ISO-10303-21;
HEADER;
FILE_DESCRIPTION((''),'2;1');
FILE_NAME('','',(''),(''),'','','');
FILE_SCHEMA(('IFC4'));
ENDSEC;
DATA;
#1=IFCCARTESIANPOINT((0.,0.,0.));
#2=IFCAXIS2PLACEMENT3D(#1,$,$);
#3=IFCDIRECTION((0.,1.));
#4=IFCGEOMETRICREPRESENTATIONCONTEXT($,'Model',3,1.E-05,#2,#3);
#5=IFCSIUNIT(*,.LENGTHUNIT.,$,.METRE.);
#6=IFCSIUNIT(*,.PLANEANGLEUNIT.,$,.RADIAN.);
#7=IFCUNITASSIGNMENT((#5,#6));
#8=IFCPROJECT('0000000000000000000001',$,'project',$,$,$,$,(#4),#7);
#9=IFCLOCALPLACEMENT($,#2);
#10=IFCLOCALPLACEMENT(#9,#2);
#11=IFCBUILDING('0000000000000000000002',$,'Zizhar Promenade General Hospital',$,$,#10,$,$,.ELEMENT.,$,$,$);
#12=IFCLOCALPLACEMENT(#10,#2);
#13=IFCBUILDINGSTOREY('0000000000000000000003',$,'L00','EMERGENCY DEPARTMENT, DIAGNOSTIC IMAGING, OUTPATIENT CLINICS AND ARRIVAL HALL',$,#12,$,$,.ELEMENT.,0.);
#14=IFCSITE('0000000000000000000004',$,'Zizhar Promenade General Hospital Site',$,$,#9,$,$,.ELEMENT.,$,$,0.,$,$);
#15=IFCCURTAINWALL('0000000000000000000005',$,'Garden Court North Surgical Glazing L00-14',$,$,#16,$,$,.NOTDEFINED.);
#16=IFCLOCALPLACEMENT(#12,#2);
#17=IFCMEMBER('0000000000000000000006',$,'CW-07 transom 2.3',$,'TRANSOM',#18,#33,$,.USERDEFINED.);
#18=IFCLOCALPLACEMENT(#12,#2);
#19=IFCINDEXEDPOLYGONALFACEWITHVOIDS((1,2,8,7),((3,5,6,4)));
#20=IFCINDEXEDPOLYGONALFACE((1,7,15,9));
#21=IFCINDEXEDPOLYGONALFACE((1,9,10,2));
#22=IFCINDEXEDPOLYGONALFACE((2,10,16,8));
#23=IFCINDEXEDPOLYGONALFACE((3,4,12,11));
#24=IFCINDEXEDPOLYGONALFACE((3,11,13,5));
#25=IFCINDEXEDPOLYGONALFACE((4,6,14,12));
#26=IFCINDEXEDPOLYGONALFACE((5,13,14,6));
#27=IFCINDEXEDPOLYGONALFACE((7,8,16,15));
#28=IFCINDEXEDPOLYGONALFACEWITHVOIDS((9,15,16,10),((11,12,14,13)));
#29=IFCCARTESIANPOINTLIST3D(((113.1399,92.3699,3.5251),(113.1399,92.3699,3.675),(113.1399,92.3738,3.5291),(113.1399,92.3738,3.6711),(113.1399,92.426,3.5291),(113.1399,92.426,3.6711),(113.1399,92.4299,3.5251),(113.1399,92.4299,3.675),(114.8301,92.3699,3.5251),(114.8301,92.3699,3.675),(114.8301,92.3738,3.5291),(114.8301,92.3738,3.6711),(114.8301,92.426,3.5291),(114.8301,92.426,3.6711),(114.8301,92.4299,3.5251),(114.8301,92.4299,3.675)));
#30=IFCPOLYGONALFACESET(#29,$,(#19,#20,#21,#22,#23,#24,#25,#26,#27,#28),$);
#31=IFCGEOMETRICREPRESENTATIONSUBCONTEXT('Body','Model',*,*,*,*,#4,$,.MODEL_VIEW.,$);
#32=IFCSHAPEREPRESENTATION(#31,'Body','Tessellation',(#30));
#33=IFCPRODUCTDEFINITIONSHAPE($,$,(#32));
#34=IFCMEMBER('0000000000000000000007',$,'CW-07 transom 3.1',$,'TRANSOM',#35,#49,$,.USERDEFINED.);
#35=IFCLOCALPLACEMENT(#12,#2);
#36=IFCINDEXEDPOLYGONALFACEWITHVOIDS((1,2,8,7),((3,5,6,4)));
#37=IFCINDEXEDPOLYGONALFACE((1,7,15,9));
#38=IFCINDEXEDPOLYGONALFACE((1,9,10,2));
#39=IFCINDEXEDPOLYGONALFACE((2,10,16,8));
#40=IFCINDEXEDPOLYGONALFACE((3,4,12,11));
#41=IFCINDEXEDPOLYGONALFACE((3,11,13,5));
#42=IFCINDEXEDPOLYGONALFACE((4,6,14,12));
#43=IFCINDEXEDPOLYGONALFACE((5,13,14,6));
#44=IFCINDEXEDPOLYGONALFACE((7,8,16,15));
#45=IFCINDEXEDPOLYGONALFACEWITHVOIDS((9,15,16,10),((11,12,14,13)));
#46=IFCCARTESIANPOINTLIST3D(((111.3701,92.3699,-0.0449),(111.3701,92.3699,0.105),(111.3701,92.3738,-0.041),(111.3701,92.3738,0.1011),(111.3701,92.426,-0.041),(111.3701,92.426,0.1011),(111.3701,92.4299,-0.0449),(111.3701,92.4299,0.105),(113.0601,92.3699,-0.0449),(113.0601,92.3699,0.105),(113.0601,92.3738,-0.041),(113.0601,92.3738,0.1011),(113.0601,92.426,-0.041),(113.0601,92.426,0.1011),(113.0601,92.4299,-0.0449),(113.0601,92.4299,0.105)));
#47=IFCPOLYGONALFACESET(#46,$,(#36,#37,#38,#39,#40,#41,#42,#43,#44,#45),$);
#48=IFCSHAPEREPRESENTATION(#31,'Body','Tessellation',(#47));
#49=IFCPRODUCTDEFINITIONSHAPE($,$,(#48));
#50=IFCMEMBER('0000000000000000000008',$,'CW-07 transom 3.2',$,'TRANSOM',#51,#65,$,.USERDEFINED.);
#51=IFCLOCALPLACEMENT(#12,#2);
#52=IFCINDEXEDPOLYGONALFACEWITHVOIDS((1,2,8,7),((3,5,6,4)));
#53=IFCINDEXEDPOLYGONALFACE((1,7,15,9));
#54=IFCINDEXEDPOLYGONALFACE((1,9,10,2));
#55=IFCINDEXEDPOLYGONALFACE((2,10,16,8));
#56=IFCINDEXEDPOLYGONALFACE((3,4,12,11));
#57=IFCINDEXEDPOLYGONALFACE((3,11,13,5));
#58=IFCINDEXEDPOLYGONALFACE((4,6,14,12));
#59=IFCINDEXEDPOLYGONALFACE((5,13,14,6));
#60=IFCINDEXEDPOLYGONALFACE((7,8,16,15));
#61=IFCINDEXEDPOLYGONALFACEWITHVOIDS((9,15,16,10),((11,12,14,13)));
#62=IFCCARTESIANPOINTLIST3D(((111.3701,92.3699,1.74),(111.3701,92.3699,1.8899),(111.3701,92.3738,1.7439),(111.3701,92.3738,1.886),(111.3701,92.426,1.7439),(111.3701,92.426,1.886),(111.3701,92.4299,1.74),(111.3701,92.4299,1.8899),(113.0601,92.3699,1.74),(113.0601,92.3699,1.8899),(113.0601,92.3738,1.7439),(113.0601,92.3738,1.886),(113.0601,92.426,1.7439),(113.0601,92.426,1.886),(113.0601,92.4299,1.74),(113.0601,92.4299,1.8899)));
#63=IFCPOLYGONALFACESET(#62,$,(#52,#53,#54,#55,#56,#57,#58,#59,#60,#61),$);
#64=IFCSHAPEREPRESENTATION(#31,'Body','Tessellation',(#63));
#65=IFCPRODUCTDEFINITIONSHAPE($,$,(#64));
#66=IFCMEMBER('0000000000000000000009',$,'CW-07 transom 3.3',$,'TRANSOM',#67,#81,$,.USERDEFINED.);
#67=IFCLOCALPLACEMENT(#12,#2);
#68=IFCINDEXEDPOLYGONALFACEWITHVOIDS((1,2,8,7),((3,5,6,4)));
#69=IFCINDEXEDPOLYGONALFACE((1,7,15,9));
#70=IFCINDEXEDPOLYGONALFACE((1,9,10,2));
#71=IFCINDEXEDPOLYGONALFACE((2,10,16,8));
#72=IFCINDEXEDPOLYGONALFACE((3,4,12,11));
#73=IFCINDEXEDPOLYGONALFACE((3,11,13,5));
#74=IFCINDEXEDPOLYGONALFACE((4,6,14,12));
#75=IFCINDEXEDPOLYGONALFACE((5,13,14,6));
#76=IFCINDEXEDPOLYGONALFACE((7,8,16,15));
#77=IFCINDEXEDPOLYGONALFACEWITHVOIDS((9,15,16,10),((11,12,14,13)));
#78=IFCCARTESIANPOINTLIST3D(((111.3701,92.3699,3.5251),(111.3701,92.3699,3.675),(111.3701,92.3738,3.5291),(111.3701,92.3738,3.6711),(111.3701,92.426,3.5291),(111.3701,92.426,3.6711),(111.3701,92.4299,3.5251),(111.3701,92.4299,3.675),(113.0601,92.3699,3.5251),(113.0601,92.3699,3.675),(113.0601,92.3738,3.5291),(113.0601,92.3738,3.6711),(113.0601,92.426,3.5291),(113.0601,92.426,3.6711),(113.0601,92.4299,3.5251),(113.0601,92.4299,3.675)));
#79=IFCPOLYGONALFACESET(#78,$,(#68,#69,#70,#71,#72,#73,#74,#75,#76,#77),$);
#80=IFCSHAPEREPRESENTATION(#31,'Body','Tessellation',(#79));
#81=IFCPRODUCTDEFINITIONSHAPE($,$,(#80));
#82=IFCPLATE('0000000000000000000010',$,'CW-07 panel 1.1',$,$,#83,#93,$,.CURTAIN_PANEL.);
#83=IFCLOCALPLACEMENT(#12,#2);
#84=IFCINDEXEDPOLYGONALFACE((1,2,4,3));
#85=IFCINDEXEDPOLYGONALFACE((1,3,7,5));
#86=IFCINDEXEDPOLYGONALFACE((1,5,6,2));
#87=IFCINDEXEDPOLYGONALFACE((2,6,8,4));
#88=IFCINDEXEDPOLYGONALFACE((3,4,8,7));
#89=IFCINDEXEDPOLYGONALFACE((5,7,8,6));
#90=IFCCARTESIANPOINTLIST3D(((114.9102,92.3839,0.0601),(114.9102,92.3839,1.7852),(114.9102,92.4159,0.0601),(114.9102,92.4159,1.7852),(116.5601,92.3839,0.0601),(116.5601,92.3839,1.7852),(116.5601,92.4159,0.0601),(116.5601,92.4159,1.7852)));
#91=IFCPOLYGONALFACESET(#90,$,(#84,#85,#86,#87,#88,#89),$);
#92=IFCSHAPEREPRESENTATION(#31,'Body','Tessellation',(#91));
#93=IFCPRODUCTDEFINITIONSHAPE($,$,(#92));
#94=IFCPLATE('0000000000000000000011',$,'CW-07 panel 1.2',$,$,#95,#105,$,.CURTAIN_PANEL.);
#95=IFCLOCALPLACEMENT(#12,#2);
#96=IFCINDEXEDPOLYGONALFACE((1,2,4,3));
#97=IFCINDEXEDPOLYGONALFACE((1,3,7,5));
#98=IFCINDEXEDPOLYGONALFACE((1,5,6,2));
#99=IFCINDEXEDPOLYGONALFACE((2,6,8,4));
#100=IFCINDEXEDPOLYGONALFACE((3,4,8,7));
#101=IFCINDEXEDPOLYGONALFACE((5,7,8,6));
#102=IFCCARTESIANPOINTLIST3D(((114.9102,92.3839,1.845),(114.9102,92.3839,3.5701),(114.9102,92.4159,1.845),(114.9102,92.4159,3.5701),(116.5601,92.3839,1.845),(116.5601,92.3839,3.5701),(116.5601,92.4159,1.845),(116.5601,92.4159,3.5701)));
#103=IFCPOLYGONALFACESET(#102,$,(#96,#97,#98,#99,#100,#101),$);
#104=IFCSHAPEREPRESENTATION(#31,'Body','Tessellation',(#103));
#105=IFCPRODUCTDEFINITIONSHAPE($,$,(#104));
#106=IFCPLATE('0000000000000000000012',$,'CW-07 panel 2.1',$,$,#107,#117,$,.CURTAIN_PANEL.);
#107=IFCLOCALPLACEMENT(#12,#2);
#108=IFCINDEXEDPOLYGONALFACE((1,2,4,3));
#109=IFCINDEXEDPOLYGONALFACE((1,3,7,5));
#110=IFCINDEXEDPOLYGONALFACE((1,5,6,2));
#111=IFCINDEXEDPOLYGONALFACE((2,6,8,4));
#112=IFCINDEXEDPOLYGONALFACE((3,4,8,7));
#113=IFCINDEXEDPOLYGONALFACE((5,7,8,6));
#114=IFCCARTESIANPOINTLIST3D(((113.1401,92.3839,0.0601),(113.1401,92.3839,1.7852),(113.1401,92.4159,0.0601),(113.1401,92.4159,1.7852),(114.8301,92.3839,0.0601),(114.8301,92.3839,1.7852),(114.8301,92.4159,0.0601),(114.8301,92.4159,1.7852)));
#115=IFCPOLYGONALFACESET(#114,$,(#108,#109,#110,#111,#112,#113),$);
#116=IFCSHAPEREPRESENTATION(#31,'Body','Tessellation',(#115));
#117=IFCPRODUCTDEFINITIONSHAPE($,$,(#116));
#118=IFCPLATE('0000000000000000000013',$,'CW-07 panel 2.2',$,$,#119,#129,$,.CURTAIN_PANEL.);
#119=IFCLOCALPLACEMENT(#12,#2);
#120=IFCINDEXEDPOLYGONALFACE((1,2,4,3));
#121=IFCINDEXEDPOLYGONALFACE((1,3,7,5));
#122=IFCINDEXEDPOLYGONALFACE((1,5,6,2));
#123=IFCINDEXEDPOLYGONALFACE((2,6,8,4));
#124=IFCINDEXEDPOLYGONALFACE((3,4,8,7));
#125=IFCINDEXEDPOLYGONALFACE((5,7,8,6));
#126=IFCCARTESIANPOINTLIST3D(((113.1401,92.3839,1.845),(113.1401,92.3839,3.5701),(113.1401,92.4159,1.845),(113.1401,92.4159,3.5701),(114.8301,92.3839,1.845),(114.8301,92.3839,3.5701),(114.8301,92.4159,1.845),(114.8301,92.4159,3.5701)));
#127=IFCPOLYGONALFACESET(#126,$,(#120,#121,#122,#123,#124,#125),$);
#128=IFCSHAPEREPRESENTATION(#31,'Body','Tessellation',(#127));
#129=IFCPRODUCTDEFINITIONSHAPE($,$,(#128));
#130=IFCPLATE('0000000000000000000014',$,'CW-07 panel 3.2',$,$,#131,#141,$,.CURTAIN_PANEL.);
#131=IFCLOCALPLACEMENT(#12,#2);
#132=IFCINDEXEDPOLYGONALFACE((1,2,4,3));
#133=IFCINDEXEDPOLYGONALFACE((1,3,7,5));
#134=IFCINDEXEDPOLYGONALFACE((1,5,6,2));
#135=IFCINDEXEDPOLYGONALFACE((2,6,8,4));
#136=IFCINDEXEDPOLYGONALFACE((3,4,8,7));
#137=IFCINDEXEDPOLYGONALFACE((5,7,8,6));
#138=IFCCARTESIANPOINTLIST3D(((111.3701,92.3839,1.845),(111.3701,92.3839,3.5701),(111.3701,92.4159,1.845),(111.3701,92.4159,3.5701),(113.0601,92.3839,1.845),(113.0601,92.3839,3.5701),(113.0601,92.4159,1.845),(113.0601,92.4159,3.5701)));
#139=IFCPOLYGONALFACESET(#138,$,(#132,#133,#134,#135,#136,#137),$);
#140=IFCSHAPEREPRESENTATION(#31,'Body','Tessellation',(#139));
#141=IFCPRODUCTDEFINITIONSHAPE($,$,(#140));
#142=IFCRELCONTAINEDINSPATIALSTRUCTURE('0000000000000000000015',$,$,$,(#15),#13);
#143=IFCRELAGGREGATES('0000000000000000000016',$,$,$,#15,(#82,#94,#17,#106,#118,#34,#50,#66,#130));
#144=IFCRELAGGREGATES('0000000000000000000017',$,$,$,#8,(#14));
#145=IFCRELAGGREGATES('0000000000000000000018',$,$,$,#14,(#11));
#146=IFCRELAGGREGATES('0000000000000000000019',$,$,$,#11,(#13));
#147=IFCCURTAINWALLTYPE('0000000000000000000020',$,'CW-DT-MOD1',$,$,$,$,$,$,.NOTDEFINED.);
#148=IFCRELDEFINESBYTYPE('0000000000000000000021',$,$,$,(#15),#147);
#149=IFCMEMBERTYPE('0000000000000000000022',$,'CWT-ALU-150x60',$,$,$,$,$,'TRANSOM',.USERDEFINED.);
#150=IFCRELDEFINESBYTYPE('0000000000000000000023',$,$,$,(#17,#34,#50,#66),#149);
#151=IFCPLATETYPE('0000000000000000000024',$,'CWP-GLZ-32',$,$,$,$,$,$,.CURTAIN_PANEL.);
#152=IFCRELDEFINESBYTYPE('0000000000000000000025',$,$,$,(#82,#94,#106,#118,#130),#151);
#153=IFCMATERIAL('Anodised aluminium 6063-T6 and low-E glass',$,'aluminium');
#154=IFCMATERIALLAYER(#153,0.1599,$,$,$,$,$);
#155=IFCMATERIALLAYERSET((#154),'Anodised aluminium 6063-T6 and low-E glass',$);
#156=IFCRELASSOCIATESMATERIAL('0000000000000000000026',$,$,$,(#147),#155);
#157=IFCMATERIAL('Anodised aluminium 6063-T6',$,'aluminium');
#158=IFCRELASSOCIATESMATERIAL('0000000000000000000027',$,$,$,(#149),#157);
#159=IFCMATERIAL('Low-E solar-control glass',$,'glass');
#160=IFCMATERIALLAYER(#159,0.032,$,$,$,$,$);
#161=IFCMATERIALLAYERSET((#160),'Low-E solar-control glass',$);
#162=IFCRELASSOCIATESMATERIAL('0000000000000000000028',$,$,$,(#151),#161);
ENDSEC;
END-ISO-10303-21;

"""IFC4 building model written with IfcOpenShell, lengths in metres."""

from ifc_helpers import new_model, si_unit, direction, frame, origin, origin_2d, place, context, subcontext, project, spatial, rectangle, hollow_rectangle, extrude, material, layer, layer_set, material_profile, profile_set, type_object, element, aggregate, save


model = new_model("IFC4")

# Units and contexts
model_context = context("Model", 3, precision=1e-05, world=origin(), true_north=direction((0.0, 1.0)))
body_context = subcontext(model_context, "Body", "Model", "MODEL_VIEW")
ifc_project = project(units=[si_unit("LENGTHUNIT", "METRE"), si_unit("PLANEANGLEUNIT", "RADIAN")], contexts=[model_context])

# Site, building, storey
site_placement = place(None, origin())
site = spatial("IfcSite", under=ifc_project, at=site_placement, Name="Zizhar Promenade General Hospital Site", CompositionType="ELEMENT", RefElevation=0.0)
building_placement = place(site_placement, origin())
building = spatial("IfcBuilding", under=site, at=building_placement, Name="Zizhar Promenade General Hospital", CompositionType="ELEMENT")
storey_placement = place(building_placement, origin())
storey = spatial("IfcBuildingStorey", under=building, at=storey_placement, Name="L00", Description="EMERGENCY DEPARTMENT, DIAGNOSTIC IMAGING, OUTPATIENT CLINICS AND ARRIVAL HALL", CompositionType="ELEMENT", Elevation=0.0)

# Curtain wall, members, plates
ifc_material_1 = material(Name="Anodised aluminium 6063-T6 and low-E glass", Category="aluminium")
ifc_layer_1 = layer(ifc_material_1, 0.1599)
ifc_layer_set_1 = layer_set([ifc_layer_1], Name="Anodised aluminium 6063-T6 and low-E glass")
curtain_wall_type = type_object("IfcCurtainWallType", Name="CW-DT-MOD1", PredefinedType="NOTDEFINED", material=ifc_layer_set_1)
curtain_wall_placement = place(storey_placement, origin())
curtain_wall = element("IfcCurtainWall", 1, at=curtain_wall_placement, inside=storey, type_object=curtain_wall_type, Name="Garden Court North Surgical Glazing L00-14", PredefinedType="NOTDEFINED")
ifc_material_2 = material(Name="Anodised aluminium 6063-T6", Category="aluminium")
ifc_material_profile_1 = material_profile(ifc_material_2, hollow_rectangle(XDim=0.0601, YDim=0.1499, WallThickness=0.0039, at=origin_2d()))
ifc_profile_set_1 = profile_set([ifc_material_profile_1], Name="Anodised aluminium 6063-T6")
member_type_1 = type_object("IfcMemberType", Name="CWT-ALU-150x60", ElementType="TRANSOM", PredefinedType="USERDEFINED", material=ifc_profile_set_1)
member_1_placement = place(storey_placement, frame((114.8301, 92.3999, 3.6001), z_axis=(-1.0, 0.0, 0.0), x_axis=(0.0, -1.0, 0.0)))
member_1 = element("IfcMember", 2, at=member_1_placement, type_object=member_type_1, Name="CW-07 transom 2.3", ObjectType="TRANSOM", PredefinedType="USERDEFINED", context=body_context, shape_type="SweptSolid", body=[
    extrude(hollow_rectangle(XDim=0.0601, YDim=0.1499, WallThickness=0.0039, at=origin_2d()), origin(), (0.0, 0.0, 1.0), 1.6902),
])
member_2_placement = place(storey_placement, frame((113.0601, 92.3999, 0.03), z_axis=(-1.0, 0.0, 0.0), x_axis=(0.0, -1.0, 0.0)))
member_2 = element("IfcMember", 3, at=member_2_placement, type_object=member_type_1, Name="CW-07 transom 3.1", ObjectType="TRANSOM", PredefinedType="USERDEFINED", context=body_context, shape_type="SweptSolid", body=[
    extrude(hollow_rectangle(XDim=0.0601, YDim=0.1499, WallThickness=0.0039, at=origin_2d()), origin(), (0.0, 0.0, 1.0), 1.6899),
])
member_3_placement = place(storey_placement, frame((113.0601, 92.3999, 1.8149), z_axis=(-1.0, 0.0, 0.0), x_axis=(0.0, -1.0, 0.0)))
member_3 = element("IfcMember", 4, at=member_3_placement, type_object=member_type_1, Name="CW-07 transom 3.2", ObjectType="TRANSOM", PredefinedType="USERDEFINED", context=body_context, shape_type="SweptSolid", body=[
    extrude(hollow_rectangle(XDim=0.0601, YDim=0.1499, WallThickness=0.0039, at=origin_2d()), origin(), (0.0, 0.0, 1.0), 1.6899),
])
member_4_placement = place(storey_placement, frame((113.0601, 92.3999, 3.6001), z_axis=(-1.0, 0.0, 0.0), x_axis=(0.0, -1.0, 0.0)))
member_4 = element("IfcMember", 5, at=member_4_placement, type_object=member_type_1, Name="CW-07 transom 3.3", ObjectType="TRANSOM", PredefinedType="USERDEFINED", context=body_context, shape_type="SweptSolid", body=[
    extrude(hollow_rectangle(XDim=0.0601, YDim=0.1499, WallThickness=0.0039, at=origin_2d()), origin(), (0.0, 0.0, 1.0), 1.6899),
])
ifc_material_3 = material(Name="Low-E solar-control glass", Category="glass")
ifc_layer_2 = layer(ifc_material_3, 0.032)
ifc_layer_set_2 = layer_set([ifc_layer_2], Name="Low-E solar-control glass")
plate_type = type_object("IfcPlateType", Name="CWP-GLZ-32", PredefinedType="CURTAIN_PANEL", material=ifc_layer_set_2)
plate_1_placement = place(storey_placement, frame((115.7351, 92.3999, 0.0601), z_axis=(0.0, 0.0, 1.0), x_axis=(-1.0, 0.0, 0.0)))
plate_1 = element("IfcPlate", 6, at=plate_1_placement, type_object=plate_type, Name="CW-07 panel 1.1", PredefinedType="CURTAIN_PANEL", context=body_context, shape_type="SweptSolid", body=[
    extrude(rectangle(XDim=1.6499, YDim=0.032, at=origin_2d()), origin(), (0.0, 0.0, 1.0), 1.7251),
])
plate_2_placement = place(storey_placement, frame((115.7351, 92.3999, 1.845), z_axis=(0.0, 0.0, 1.0), x_axis=(-1.0, 0.0, 0.0)))
plate_2 = element("IfcPlate", 7, at=plate_2_placement, type_object=plate_type, Name="CW-07 panel 1.2", PredefinedType="CURTAIN_PANEL", context=body_context, shape_type="SweptSolid", body=[
    extrude(rectangle(XDim=1.6499, YDim=0.032, at=origin_2d()), origin(), (0.0, 0.0, 1.0), 1.7251),
])
plate_3_placement = place(storey_placement, frame((113.9851, 92.3999, 0.0601), z_axis=(0.0, 0.0, 1.0), x_axis=(-1.0, 0.0, 0.0)))
plate_3 = element("IfcPlate", 8, at=plate_3_placement, type_object=plate_type, Name="CW-07 panel 2.1", PredefinedType="CURTAIN_PANEL", context=body_context, shape_type="SweptSolid", body=[
    extrude(rectangle(XDim=1.6899, YDim=0.032, at=origin_2d()), origin(), (0.0, 0.0, 1.0), 1.7251),
])
plate_4_placement = place(storey_placement, frame((113.9851, 92.3999, 1.845), z_axis=(0.0, 0.0, 1.0), x_axis=(-1.0, 0.0, 0.0)))
plate_4 = element("IfcPlate", 9, at=plate_4_placement, type_object=plate_type, Name="CW-07 panel 2.2", PredefinedType="CURTAIN_PANEL", context=body_context, shape_type="SweptSolid", body=[
    extrude(rectangle(XDim=1.6899, YDim=0.032, at=origin_2d()), origin(), (0.0, 0.0, 1.0), 1.7251),
])
plate_5_placement = place(storey_placement, frame((112.2151, 92.3999, 1.845), z_axis=(0.0, 0.0, 1.0), x_axis=(-1.0, 0.0, 0.0)))
plate_5 = element("IfcPlate", 10, at=plate_5_placement, type_object=plate_type, Name="CW-07 panel 3.2", PredefinedType="CURTAIN_PANEL", context=body_context, shape_type="SweptSolid", body=[
    extrude(rectangle(XDim=1.6899, YDim=0.032, at=origin_2d()), origin(), (0.0, 0.0, 1.0), 1.7251),
])
aggregate(curtain_wall, [plate_1, plate_2, member_1, plate_3, plate_4, member_2, member_3, member_4, plate_5])

save(model, "model.ifc")
